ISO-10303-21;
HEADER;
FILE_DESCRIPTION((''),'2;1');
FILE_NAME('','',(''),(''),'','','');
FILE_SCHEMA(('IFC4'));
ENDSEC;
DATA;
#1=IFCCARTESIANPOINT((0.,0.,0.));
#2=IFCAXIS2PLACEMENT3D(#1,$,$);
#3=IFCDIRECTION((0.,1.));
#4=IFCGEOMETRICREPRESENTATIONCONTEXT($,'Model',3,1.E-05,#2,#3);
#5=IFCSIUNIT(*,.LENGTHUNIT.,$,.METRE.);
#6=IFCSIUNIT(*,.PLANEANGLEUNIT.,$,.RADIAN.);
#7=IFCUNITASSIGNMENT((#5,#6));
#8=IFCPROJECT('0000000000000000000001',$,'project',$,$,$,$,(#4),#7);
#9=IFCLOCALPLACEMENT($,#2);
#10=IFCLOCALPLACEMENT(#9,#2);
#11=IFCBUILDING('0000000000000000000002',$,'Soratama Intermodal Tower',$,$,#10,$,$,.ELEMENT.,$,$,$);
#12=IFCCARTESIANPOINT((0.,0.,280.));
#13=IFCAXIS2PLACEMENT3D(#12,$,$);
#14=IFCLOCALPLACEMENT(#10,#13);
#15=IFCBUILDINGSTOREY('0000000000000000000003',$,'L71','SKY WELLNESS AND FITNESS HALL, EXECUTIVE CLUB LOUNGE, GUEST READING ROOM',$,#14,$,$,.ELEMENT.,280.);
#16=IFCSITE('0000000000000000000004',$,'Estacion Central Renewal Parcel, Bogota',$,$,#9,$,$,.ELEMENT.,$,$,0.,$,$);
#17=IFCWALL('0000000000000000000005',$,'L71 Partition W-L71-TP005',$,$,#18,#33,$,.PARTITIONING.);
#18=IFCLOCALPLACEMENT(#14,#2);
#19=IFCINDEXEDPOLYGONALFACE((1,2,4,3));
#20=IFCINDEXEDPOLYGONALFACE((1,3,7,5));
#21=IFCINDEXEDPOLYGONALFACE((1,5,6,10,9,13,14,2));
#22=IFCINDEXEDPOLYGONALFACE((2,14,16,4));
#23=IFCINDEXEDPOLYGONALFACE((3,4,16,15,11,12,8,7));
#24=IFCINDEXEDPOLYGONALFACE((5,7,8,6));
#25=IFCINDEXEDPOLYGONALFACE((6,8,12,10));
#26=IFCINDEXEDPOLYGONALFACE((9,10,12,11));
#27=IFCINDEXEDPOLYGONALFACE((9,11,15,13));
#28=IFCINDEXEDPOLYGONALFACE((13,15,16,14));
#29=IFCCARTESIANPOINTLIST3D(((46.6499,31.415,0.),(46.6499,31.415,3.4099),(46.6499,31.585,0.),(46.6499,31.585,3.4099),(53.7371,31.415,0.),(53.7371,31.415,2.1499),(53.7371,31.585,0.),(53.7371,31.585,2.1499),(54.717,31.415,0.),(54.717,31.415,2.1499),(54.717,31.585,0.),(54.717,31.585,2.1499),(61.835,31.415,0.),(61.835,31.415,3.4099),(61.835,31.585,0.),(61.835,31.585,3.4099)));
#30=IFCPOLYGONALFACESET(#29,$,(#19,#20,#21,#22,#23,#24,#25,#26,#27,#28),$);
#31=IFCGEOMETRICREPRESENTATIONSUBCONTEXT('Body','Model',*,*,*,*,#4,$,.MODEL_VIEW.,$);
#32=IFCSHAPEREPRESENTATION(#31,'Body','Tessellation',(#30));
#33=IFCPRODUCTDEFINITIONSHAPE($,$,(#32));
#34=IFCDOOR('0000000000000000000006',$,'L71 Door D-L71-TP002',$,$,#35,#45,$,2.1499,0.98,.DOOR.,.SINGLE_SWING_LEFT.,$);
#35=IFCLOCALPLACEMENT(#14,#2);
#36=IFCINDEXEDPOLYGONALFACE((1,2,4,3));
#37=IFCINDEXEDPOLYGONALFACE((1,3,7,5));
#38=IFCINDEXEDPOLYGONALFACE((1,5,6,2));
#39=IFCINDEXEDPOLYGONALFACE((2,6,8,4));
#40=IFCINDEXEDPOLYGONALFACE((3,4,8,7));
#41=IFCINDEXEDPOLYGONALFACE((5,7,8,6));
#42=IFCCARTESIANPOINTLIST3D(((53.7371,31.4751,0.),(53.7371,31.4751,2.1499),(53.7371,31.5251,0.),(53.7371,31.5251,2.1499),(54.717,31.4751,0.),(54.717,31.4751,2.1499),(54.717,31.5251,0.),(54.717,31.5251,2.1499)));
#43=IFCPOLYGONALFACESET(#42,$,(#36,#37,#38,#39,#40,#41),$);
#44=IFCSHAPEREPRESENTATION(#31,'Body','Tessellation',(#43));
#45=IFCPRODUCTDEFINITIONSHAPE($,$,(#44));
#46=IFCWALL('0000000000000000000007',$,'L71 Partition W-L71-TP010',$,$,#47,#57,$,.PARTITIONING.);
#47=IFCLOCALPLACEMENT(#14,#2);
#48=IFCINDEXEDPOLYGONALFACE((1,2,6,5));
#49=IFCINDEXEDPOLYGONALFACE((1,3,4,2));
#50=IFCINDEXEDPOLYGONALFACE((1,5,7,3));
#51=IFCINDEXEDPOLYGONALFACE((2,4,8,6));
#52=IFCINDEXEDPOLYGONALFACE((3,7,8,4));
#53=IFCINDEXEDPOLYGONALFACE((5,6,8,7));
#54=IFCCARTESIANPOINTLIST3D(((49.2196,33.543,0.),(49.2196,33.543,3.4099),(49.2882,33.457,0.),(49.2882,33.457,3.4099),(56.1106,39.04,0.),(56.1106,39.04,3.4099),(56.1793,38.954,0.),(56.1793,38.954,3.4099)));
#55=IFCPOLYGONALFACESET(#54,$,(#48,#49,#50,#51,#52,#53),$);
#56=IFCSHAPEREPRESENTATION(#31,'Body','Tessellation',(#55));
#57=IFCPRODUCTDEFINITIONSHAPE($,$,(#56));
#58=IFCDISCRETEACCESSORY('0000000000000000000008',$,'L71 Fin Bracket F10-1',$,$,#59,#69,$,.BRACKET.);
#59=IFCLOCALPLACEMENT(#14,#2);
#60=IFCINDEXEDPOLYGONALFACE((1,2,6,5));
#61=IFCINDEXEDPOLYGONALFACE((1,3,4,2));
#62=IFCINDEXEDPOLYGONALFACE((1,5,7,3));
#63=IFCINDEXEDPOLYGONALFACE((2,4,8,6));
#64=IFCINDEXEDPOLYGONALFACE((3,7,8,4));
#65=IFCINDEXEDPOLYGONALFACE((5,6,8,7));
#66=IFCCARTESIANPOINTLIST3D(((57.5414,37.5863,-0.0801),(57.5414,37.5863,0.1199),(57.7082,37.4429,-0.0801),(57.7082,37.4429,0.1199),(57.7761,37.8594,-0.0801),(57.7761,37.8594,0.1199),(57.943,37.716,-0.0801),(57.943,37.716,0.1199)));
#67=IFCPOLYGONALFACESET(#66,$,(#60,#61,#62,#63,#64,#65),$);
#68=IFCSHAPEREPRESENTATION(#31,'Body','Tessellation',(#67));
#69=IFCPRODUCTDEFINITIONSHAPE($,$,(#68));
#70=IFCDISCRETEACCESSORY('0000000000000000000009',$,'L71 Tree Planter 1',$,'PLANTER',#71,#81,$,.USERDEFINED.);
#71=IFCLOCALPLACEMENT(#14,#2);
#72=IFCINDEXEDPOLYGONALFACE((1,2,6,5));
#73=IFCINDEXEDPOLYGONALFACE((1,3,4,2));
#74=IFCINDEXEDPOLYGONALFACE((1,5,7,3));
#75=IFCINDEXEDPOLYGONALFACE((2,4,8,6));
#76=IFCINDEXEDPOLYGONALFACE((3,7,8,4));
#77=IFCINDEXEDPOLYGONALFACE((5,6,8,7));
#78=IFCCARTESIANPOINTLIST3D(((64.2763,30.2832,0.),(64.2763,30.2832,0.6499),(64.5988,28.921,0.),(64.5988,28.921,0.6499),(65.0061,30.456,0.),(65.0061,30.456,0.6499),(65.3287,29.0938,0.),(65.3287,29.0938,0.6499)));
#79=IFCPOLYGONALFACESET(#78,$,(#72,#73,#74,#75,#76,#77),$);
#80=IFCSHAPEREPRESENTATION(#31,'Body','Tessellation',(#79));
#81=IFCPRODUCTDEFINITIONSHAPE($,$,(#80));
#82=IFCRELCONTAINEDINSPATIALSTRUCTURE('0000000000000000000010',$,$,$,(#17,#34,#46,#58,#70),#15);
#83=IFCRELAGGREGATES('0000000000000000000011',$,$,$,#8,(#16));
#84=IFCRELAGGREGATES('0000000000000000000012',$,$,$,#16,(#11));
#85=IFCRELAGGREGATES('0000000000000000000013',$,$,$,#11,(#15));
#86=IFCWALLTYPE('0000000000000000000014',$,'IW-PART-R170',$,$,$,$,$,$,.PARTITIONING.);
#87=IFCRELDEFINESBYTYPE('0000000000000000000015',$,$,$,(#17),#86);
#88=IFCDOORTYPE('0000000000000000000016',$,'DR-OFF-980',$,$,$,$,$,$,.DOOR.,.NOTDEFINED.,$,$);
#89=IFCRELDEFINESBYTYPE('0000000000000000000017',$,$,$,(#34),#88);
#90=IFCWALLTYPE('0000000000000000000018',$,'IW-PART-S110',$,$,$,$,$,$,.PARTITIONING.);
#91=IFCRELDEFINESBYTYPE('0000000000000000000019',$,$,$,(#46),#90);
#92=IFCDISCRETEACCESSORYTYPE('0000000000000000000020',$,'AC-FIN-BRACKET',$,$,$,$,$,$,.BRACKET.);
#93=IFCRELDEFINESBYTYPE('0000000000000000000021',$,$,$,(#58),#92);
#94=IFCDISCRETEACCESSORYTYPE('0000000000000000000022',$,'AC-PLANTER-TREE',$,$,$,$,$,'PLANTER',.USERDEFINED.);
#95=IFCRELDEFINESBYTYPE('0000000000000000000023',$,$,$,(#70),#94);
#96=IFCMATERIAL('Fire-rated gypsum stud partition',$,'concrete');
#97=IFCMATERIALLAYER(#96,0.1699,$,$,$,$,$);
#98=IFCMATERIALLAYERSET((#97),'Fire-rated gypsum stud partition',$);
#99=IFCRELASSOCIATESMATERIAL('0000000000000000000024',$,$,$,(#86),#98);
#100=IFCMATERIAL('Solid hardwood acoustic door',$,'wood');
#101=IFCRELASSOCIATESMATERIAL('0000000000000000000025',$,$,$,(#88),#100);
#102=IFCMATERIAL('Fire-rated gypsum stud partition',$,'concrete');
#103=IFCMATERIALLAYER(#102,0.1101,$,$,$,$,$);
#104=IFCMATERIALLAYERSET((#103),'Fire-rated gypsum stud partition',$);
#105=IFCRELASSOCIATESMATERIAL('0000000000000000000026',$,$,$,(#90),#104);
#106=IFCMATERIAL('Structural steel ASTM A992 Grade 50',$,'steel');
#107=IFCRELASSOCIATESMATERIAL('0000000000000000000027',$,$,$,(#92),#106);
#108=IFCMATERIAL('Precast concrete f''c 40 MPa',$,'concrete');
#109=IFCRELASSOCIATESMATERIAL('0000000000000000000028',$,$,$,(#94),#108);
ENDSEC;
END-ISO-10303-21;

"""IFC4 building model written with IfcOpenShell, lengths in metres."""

from ifc_helpers import new_model, si_unit, direction, frame, frame_2d, origin, origin_2d, place, context, subcontext, project, spatial, rectangle, extrude, material, layer, layer_set, type_object, element, fill, save


model = new_model("IFC4")

# Units and contexts
model_context = context("Model", 3, precision=1e-05, world=origin(), true_north=direction((0.0, 1.0)))
body_context = subcontext(model_context, "Body", "Model", "MODEL_VIEW")
ifc_project = project(units=[si_unit("LENGTHUNIT", "METRE"), si_unit("PLANEANGLEUNIT", "RADIAN")], contexts=[model_context])

# Site, building, storey
site_placement = place(None, origin())
site = spatial("IfcSite", under=ifc_project, at=site_placement, Name="Estacion Central Renewal Parcel, Bogota", CompositionType="ELEMENT", RefElevation=0.0)
building_placement = place(site_placement, origin())
building = spatial("IfcBuilding", under=site, at=building_placement, Name="Soratama Intermodal Tower", CompositionType="ELEMENT")
storey_placement = place(building_placement, frame((0.0, 0.0, 280.0)))
storey = spatial("IfcBuildingStorey", under=building, at=storey_placement, Name="L71", Description="SKY WELLNESS AND FITNESS HALL, EXECUTIVE CLUB LOUNGE, GUEST READING ROOM", CompositionType="ELEMENT", Elevation=280.0)

# Wall, opening, door
ifc_material_1 = material(Name="Fire-rated gypsum stud partition", Category="concrete")
ifc_layer_1 = layer(ifc_material_1, 0.1699)
ifc_layer_set_1 = layer_set([ifc_layer_1], Name="Fire-rated gypsum stud partition")
wall_type_1 = type_object("IfcWallType", Name="IW-PART-R170", PredefinedType="PARTITIONING", material=ifc_layer_set_1)
wall_1_placement = place(storey_placement, frame((61.835, 31.5, 0.0), z_axis=(0.0, 0.0, 1.0), x_axis=(-1.0, 0.0, 0.0)))
wall_1 = element("IfcWall", 1, at=wall_1_placement, inside=storey, type_object=wall_type_1, Name="L71 Partition W-L71-TP005", PredefinedType="PARTITIONING", context=body_context, shape_type="SweptSolid", body=[
    extrude(rectangle(XDim=15.1851, YDim=0.1699, at=frame_2d((7.5925, 0.0))), origin(), (0.0, 0.0, 1.0), 3.4099),
])
opening_1_placement = place(wall_1_placement, frame((7.1179, 0.0, 0.0)))
opening_1 = element("IfcOpeningElement", 2, at=opening_1_placement, cuts=wall_1, PredefinedType="OPENING", context=body_context, shape_type="SweptSolid", body=[
    extrude(rectangle(XDim=0.98, YDim=2.1499, at=frame_2d((0.49, 1.075))), frame((0.0, 0.095, 0.0), z_axis=(0.0, -1.0, 0.0), x_axis=(1.0, 0.0, 0.0)), (0.0, 0.0, 1.0), 0.1899),
])
ifc_material_2 = material(Name="Solid hardwood acoustic door", Category="wood")
door_type_1 = type_object("IfcDoorType", Name="DR-OFF-980", OperationType="NOTDEFINED", PredefinedType="DOOR", material=ifc_material_2)
door_1_placement = place(opening_1_placement, origin())
door_1 = element("IfcDoor", 3, at=door_1_placement, inside=storey, type_object=door_type_1, Name="L71 Door D-L71-TP002", OperationType="SINGLE_SWING_LEFT", OverallHeight=2.1499, OverallWidth=0.98, PredefinedType="DOOR", context=body_context, shape_type="SweptSolid", body=[
    extrude(rectangle(XDim=0.98, YDim=2.1499, at=frame_2d((0.49, 1.075))), frame((0.0, 0.0249, 0.0), z_axis=(0.0, -1.0, 0.0), x_axis=(1.0, 0.0, 0.0)), (0.0, 0.0, 1.0), 0.05),
])
fill(opening_1, door_1)

# Wall
ifc_material_3 = material(Name="Fire-rated gypsum stud partition", Category="concrete")
ifc_layer_2 = layer(ifc_material_3, 0.1101)
ifc_layer_set_2 = layer_set([ifc_layer_2], Name="Fire-rated gypsum stud partition")
wall_type_2 = type_object("IfcWallType", Name="IW-PART-S110", PredefinedType="PARTITIONING", material=ifc_layer_set_2)
wall_2_placement = place(storey_placement, frame((49.2539, 33.5, 0.0), z_axis=(0.0, 0.0, 1.0), x_axis=(0.781744, 0.6236, 0.0)))
element("IfcWall", 4, at=wall_2_placement, inside=storey, type_object=wall_type_2, Name="L71 Partition W-L71-TP010", PredefinedType="PARTITIONING", context=body_context, shape_type="SweptSolid", body=[
    extrude(rectangle(XDim=8.8149, YDim=0.1101, at=frame_2d((4.4075, 0.0))), origin(), (0.0, 0.0, 1.0), 3.4099),
])

# Discrete accessories
ifc_material_4 = material(Name="Structural steel ASTM A992 Grade 50", Category="steel")
discrete_accessory_type_1 = type_object("IfcDiscreteAccessoryType", Name="AC-FIN-BRACKET", PredefinedType="BRACKET", material=ifc_material_4)
discrete_accessory_1_placement = place(storey_placement, frame((57.7422, 37.6511, -0.0801), z_axis=(0.0, 0.0, 1.0), x_axis=(0.651834, 0.758362, 0.0)))
element("IfcDiscreteAccessory", 5, at=discrete_accessory_1_placement, inside=storey, type_object=discrete_accessory_type_1, Name="L71 Fin Bracket F10-1", PredefinedType="BRACKET", context=body_context, shape_type="SweptSolid", body=[
    extrude(rectangle(XDim=0.3601, YDim=0.22, at=origin_2d()), origin(), (0.0, 0.0, 1.0), 0.2),
])
ifc_material_5 = material(Name="Precast concrete f'c 40 MPa", Category="concrete")
discrete_accessory_type_2 = type_object("IfcDiscreteAccessoryType", Name="AC-PLANTER-TREE", ElementType="PLANTER", PredefinedType="USERDEFINED", material=ifc_material_5)
discrete_accessory_2_placement = place(storey_placement, frame((64.8025, 29.6885, 0.0), z_axis=(0.0, 0.0, 1.0), x_axis=(0.973099, 0.230389, 0.0)))
element("IfcDiscreteAccessory", 6, at=discrete_accessory_2_placement, inside=storey, type_object=discrete_accessory_type_2, Name="L71 Tree Planter 1", ObjectType="PLANTER", PredefinedType="USERDEFINED", context=body_context, shape_type="SweptSolid", body=[
    extrude(rectangle(XDim=0.75, YDim=1.3999, at=origin_2d()), origin(), (0.0, 0.0, 1.0), 0.6499),
])

save(model, "model.ifc")
